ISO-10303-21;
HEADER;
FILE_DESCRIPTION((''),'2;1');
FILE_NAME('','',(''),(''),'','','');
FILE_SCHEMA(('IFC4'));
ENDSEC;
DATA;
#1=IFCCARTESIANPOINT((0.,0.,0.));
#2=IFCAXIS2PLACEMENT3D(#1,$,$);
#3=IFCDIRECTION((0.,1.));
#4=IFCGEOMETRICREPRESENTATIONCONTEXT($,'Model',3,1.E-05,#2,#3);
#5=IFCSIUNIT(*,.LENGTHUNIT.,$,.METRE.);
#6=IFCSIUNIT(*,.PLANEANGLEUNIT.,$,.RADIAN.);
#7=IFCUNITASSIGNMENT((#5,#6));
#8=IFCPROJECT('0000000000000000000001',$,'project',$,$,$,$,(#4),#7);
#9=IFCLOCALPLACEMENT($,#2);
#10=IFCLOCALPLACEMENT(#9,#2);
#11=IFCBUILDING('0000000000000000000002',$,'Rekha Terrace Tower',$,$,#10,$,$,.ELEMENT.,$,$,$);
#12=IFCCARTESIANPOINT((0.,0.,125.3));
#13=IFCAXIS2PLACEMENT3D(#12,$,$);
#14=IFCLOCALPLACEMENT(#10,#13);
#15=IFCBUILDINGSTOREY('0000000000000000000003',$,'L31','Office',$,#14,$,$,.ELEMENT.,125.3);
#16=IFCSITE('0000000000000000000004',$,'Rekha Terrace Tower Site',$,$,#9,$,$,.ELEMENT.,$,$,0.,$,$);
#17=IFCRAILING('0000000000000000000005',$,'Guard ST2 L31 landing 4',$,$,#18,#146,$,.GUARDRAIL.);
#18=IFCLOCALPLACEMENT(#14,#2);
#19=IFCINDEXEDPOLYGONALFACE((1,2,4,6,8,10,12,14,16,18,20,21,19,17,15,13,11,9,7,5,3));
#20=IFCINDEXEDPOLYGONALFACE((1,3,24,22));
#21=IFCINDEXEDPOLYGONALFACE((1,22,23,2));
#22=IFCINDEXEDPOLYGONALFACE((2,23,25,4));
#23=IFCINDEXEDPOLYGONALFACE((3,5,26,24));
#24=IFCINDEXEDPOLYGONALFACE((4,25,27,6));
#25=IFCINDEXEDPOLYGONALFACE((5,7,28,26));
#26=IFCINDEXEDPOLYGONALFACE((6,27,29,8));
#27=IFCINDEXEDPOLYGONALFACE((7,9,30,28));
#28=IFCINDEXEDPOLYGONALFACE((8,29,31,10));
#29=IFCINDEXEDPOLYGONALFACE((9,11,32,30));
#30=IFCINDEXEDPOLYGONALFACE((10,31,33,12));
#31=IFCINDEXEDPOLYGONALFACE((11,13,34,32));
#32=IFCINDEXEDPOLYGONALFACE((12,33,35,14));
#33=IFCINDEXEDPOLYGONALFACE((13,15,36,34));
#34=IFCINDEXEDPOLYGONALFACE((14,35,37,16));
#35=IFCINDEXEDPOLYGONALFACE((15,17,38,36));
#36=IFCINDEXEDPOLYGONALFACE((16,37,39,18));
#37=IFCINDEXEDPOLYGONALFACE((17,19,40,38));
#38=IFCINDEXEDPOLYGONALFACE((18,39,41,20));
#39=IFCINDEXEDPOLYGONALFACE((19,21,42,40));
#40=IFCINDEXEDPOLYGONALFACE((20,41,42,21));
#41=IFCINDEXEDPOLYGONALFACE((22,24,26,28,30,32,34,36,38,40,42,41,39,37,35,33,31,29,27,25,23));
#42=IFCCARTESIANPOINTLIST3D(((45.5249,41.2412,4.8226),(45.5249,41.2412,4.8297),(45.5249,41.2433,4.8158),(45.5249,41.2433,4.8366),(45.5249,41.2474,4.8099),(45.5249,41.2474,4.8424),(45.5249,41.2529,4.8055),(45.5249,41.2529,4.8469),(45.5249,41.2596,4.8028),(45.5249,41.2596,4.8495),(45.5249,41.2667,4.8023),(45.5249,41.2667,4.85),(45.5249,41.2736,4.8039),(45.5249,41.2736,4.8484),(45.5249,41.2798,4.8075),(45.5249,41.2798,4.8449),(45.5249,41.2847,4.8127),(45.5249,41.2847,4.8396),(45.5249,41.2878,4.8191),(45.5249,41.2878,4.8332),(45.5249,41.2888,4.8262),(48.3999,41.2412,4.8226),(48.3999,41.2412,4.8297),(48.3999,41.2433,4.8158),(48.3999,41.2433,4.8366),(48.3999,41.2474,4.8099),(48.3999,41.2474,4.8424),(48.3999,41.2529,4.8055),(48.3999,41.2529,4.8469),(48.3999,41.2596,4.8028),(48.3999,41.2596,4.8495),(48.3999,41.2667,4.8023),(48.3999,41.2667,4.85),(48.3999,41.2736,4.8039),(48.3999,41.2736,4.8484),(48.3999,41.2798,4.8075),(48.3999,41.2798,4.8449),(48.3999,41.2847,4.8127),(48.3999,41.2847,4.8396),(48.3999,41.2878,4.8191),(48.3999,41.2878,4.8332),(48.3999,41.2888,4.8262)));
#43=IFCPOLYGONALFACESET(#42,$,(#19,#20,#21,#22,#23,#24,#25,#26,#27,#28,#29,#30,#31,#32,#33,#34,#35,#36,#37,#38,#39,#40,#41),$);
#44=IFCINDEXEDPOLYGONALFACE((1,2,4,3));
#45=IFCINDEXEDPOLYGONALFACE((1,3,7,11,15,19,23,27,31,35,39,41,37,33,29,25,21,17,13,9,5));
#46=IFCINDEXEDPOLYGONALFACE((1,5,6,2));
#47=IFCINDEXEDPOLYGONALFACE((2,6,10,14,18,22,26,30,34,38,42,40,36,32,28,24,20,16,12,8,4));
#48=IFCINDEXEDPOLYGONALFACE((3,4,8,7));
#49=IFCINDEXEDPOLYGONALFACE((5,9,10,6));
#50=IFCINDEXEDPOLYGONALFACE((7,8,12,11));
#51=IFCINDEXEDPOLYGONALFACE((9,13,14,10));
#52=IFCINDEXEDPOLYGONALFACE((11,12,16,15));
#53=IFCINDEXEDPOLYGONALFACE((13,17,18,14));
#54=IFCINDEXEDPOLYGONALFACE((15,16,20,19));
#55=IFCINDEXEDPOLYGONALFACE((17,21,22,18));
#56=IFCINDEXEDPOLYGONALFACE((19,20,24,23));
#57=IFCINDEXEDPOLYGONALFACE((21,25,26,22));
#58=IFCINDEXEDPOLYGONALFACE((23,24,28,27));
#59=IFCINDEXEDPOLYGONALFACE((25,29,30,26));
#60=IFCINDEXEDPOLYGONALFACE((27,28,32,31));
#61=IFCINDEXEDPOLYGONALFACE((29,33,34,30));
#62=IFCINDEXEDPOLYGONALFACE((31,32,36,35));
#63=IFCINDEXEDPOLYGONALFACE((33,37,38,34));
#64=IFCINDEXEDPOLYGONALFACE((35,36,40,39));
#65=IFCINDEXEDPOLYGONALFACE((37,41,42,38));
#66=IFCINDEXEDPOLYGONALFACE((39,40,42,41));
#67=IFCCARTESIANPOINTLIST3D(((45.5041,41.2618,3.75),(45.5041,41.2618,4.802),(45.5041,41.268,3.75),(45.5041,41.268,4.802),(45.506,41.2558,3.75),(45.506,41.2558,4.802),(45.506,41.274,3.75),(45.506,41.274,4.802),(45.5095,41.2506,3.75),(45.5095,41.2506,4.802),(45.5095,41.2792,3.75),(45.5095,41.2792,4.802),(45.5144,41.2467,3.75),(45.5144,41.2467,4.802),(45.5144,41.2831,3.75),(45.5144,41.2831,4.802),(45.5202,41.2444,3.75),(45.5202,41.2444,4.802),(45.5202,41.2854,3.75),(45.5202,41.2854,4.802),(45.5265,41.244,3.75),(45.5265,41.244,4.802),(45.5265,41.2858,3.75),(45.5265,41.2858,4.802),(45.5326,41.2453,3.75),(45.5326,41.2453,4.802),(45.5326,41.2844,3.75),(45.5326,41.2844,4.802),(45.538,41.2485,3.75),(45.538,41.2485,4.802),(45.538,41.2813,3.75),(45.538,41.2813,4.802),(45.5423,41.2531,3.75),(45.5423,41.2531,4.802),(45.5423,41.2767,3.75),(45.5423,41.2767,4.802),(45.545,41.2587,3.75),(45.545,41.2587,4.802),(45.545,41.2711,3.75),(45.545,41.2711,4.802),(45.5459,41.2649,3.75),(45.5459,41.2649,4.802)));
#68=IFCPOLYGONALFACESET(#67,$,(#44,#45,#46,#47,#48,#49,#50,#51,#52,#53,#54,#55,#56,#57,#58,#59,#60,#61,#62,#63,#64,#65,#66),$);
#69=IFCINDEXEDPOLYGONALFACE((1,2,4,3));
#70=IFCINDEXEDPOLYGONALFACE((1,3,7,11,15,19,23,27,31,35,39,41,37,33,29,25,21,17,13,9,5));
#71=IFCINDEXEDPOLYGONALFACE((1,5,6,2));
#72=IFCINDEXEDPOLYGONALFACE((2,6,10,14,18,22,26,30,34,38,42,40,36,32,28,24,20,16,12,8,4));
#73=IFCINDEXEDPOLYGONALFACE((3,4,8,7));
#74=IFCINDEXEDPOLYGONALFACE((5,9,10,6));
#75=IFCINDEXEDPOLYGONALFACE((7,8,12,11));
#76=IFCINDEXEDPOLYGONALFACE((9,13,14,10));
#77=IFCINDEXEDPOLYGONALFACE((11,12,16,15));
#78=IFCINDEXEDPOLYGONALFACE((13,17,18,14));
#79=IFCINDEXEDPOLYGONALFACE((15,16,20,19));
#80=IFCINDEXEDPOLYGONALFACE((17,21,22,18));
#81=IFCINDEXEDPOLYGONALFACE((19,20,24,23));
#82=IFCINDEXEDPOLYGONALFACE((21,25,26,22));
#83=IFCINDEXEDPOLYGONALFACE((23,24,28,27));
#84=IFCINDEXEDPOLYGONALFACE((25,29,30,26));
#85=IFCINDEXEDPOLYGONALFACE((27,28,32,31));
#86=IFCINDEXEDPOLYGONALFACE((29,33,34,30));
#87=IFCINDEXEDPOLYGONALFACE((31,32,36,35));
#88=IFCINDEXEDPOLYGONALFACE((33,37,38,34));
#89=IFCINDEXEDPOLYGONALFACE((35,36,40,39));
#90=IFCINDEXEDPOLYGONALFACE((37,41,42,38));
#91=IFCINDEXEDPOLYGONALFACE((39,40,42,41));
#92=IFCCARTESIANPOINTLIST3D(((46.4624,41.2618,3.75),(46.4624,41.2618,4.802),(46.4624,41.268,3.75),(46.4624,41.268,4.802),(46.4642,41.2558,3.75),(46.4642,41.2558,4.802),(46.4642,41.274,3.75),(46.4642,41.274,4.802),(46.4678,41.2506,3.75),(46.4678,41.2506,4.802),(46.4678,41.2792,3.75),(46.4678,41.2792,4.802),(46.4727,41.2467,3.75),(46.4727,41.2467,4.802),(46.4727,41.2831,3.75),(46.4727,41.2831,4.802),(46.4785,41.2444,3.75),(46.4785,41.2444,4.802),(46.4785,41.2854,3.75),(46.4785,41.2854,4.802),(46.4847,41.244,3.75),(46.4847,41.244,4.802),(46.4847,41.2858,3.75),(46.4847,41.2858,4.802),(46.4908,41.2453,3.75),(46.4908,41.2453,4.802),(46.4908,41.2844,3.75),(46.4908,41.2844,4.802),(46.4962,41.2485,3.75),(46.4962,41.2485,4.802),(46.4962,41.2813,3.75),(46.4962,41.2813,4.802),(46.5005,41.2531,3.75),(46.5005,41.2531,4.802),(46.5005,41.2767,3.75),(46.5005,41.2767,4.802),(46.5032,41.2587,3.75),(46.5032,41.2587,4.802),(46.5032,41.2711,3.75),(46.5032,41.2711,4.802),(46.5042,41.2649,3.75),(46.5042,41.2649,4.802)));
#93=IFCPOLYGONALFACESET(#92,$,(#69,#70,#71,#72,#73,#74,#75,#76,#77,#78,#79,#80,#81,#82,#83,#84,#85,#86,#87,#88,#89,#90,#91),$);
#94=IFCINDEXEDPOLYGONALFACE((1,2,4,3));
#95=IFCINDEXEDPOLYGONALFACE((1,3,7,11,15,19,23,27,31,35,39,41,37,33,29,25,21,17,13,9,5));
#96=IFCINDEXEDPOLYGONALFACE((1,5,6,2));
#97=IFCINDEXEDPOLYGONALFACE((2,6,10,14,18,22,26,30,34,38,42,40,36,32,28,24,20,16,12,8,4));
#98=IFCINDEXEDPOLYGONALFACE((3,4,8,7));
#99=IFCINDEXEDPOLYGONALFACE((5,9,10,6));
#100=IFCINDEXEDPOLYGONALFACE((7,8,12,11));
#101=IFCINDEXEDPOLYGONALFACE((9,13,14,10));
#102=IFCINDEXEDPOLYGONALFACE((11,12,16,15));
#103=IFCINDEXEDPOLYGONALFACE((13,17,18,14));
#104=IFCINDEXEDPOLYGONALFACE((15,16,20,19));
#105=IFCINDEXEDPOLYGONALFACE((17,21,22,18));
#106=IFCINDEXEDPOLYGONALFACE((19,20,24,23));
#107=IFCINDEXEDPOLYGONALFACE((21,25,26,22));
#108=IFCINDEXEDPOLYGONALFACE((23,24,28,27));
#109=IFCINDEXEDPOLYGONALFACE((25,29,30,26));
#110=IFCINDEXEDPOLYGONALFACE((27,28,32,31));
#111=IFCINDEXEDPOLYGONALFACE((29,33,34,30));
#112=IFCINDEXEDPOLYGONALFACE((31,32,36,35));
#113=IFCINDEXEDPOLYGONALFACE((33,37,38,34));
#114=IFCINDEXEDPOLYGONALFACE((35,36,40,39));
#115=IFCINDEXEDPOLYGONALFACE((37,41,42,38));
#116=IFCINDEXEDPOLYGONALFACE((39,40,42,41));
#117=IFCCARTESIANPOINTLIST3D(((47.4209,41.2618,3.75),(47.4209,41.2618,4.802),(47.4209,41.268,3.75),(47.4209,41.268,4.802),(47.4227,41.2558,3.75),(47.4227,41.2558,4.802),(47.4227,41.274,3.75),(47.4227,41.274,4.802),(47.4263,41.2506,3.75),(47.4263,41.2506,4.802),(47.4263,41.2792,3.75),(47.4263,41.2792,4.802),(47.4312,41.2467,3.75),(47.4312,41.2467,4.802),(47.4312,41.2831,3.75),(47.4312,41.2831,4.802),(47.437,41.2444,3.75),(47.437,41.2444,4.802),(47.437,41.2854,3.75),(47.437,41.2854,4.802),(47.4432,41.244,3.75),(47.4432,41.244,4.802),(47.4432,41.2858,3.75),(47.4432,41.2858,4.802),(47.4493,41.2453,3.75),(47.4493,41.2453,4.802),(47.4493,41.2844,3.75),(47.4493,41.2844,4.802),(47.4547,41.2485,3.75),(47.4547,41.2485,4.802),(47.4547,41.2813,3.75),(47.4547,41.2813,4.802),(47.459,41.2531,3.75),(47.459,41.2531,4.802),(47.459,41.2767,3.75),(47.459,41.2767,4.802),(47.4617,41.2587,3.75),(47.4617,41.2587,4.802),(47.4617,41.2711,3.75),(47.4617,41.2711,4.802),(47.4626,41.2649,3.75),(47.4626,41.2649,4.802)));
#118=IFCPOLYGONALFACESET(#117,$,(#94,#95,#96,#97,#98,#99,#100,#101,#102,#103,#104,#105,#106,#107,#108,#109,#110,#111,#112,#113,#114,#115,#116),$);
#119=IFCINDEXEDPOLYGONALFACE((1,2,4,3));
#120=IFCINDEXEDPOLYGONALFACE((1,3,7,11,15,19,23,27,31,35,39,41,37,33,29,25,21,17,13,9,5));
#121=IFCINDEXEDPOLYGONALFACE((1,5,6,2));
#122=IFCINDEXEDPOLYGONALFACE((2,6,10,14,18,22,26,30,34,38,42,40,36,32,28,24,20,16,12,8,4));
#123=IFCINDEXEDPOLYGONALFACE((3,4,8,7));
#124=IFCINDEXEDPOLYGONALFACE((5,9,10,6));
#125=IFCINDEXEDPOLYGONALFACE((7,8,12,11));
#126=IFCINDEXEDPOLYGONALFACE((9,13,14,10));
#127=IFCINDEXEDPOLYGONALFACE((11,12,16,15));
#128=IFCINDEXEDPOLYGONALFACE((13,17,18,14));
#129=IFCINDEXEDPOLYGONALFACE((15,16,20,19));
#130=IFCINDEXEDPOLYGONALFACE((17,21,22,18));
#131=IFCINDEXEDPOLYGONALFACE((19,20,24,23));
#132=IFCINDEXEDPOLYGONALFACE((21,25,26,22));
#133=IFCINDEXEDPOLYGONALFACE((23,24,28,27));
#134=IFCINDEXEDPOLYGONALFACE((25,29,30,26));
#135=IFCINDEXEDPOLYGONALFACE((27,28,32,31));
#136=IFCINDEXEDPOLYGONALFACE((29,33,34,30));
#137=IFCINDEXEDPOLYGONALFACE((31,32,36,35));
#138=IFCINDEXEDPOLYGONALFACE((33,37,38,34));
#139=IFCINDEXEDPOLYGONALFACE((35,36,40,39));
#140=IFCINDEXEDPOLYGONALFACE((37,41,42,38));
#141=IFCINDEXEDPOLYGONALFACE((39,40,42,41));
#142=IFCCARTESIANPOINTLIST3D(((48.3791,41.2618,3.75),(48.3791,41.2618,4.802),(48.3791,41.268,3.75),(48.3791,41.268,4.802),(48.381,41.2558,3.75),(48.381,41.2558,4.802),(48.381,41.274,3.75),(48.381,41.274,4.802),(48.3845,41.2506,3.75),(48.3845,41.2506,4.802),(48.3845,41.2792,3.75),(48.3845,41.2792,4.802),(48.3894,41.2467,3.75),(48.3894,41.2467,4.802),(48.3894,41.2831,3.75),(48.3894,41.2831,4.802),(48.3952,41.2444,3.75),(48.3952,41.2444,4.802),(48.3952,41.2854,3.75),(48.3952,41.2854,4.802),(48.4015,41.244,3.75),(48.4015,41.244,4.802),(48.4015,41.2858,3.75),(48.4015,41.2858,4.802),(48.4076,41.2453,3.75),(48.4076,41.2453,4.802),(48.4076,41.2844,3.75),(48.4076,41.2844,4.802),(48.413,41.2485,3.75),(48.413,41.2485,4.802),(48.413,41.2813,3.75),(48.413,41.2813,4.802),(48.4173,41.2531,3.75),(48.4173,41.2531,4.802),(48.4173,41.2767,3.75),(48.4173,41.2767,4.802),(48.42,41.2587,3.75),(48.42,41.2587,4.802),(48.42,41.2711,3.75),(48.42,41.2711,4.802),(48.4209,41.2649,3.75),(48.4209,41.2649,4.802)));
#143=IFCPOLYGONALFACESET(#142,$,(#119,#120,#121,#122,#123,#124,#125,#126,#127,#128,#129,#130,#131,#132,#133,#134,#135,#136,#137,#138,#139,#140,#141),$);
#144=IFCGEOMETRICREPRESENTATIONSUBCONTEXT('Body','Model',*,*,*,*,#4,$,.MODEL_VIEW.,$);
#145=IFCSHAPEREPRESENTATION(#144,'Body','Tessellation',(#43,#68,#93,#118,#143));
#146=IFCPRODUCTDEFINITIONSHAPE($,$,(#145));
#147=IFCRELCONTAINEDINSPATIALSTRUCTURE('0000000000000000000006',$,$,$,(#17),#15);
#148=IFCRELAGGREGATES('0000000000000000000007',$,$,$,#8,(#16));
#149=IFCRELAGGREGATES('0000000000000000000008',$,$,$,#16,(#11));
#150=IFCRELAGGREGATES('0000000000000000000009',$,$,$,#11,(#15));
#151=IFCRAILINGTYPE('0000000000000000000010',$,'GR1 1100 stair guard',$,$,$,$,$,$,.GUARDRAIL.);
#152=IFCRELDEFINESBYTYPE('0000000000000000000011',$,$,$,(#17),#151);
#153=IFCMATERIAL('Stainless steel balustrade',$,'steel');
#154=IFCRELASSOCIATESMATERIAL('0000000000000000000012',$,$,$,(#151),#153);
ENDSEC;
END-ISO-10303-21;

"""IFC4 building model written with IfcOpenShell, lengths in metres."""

from ifc_helpers import new_model, si_unit, direction, frame, origin, origin_2d, place, context, subcontext, project, spatial, circle, extrude, material, type_object, element, save


model = new_model("IFC4")

# Units and contexts
model_context = context("Model", 3, precision=1e-05, world=origin(), true_north=direction((0.0, 1.0)))
body_context = subcontext(model_context, "Body", "Model", "MODEL_VIEW")
ifc_project = project(units=[si_unit("LENGTHUNIT", "METRE"), si_unit("PLANEANGLEUNIT", "RADIAN")], contexts=[model_context])

# Site, building, storey
site_placement = place(None, origin())
site = spatial("IfcSite", under=ifc_project, at=site_placement, Name="Rekha Terrace Tower Site", CompositionType="ELEMENT", RefElevation=0.0)
building_placement = place(site_placement, origin())
building = spatial("IfcBuilding", under=site, at=building_placement, Name="Rekha Terrace Tower", CompositionType="ELEMENT")
storey_placement = place(building_placement, frame((0.0, 0.0, 125.3)))
storey = spatial("IfcBuildingStorey", under=building, at=storey_placement, Name="L31", Description="Office", CompositionType="ELEMENT", Elevation=125.3)

# Railing
ifc_material_1 = material(Name="Stainless steel balustrade", Category="steel")
railing_type_1 = type_object("IfcRailingType", Name="GR1 1100 stair guard", PredefinedType="GUARDRAIL", material=ifc_material_1)
railing_1_placement = place(storey_placement, frame((45.5249, 41.2649, 3.75)))
element("IfcRailing", 1, at=railing_1_placement, inside=storey, type_object=railing_type_1, Name="Guard ST2 L31 landing 4", PredefinedType="GUARDRAIL", context=body_context, shape_type="SweptSolid", body=[
    extrude(circle(Radius=0.0239, at=origin_2d()), frame((0.0, 0.0, 1.0762), z_axis=(1.0, 0.0, 0.0), x_axis=(0.0, 1.0, 0.0)), (0.0, 0.0, 1.0), 2.875),
    extrude(circle(Radius=0.021, at=origin_2d()), origin(), (0.0, 0.0, 1.0), 1.052),
    extrude(circle(Radius=0.021, at=origin_2d()), frame((0.9583, 0.0, 0.0)), (0.0, 0.0, 1.0), 1.052),
    extrude(circle(Radius=0.021, at=origin_2d()), frame((1.9167, 0.0, 0.0)), (0.0, 0.0, 1.0), 1.052),
    extrude(circle(Radius=0.021, at=origin_2d()), frame((2.875, 0.0, 0.0)), (0.0, 0.0, 1.0), 1.052),
])

save(model, "model.ifc")
